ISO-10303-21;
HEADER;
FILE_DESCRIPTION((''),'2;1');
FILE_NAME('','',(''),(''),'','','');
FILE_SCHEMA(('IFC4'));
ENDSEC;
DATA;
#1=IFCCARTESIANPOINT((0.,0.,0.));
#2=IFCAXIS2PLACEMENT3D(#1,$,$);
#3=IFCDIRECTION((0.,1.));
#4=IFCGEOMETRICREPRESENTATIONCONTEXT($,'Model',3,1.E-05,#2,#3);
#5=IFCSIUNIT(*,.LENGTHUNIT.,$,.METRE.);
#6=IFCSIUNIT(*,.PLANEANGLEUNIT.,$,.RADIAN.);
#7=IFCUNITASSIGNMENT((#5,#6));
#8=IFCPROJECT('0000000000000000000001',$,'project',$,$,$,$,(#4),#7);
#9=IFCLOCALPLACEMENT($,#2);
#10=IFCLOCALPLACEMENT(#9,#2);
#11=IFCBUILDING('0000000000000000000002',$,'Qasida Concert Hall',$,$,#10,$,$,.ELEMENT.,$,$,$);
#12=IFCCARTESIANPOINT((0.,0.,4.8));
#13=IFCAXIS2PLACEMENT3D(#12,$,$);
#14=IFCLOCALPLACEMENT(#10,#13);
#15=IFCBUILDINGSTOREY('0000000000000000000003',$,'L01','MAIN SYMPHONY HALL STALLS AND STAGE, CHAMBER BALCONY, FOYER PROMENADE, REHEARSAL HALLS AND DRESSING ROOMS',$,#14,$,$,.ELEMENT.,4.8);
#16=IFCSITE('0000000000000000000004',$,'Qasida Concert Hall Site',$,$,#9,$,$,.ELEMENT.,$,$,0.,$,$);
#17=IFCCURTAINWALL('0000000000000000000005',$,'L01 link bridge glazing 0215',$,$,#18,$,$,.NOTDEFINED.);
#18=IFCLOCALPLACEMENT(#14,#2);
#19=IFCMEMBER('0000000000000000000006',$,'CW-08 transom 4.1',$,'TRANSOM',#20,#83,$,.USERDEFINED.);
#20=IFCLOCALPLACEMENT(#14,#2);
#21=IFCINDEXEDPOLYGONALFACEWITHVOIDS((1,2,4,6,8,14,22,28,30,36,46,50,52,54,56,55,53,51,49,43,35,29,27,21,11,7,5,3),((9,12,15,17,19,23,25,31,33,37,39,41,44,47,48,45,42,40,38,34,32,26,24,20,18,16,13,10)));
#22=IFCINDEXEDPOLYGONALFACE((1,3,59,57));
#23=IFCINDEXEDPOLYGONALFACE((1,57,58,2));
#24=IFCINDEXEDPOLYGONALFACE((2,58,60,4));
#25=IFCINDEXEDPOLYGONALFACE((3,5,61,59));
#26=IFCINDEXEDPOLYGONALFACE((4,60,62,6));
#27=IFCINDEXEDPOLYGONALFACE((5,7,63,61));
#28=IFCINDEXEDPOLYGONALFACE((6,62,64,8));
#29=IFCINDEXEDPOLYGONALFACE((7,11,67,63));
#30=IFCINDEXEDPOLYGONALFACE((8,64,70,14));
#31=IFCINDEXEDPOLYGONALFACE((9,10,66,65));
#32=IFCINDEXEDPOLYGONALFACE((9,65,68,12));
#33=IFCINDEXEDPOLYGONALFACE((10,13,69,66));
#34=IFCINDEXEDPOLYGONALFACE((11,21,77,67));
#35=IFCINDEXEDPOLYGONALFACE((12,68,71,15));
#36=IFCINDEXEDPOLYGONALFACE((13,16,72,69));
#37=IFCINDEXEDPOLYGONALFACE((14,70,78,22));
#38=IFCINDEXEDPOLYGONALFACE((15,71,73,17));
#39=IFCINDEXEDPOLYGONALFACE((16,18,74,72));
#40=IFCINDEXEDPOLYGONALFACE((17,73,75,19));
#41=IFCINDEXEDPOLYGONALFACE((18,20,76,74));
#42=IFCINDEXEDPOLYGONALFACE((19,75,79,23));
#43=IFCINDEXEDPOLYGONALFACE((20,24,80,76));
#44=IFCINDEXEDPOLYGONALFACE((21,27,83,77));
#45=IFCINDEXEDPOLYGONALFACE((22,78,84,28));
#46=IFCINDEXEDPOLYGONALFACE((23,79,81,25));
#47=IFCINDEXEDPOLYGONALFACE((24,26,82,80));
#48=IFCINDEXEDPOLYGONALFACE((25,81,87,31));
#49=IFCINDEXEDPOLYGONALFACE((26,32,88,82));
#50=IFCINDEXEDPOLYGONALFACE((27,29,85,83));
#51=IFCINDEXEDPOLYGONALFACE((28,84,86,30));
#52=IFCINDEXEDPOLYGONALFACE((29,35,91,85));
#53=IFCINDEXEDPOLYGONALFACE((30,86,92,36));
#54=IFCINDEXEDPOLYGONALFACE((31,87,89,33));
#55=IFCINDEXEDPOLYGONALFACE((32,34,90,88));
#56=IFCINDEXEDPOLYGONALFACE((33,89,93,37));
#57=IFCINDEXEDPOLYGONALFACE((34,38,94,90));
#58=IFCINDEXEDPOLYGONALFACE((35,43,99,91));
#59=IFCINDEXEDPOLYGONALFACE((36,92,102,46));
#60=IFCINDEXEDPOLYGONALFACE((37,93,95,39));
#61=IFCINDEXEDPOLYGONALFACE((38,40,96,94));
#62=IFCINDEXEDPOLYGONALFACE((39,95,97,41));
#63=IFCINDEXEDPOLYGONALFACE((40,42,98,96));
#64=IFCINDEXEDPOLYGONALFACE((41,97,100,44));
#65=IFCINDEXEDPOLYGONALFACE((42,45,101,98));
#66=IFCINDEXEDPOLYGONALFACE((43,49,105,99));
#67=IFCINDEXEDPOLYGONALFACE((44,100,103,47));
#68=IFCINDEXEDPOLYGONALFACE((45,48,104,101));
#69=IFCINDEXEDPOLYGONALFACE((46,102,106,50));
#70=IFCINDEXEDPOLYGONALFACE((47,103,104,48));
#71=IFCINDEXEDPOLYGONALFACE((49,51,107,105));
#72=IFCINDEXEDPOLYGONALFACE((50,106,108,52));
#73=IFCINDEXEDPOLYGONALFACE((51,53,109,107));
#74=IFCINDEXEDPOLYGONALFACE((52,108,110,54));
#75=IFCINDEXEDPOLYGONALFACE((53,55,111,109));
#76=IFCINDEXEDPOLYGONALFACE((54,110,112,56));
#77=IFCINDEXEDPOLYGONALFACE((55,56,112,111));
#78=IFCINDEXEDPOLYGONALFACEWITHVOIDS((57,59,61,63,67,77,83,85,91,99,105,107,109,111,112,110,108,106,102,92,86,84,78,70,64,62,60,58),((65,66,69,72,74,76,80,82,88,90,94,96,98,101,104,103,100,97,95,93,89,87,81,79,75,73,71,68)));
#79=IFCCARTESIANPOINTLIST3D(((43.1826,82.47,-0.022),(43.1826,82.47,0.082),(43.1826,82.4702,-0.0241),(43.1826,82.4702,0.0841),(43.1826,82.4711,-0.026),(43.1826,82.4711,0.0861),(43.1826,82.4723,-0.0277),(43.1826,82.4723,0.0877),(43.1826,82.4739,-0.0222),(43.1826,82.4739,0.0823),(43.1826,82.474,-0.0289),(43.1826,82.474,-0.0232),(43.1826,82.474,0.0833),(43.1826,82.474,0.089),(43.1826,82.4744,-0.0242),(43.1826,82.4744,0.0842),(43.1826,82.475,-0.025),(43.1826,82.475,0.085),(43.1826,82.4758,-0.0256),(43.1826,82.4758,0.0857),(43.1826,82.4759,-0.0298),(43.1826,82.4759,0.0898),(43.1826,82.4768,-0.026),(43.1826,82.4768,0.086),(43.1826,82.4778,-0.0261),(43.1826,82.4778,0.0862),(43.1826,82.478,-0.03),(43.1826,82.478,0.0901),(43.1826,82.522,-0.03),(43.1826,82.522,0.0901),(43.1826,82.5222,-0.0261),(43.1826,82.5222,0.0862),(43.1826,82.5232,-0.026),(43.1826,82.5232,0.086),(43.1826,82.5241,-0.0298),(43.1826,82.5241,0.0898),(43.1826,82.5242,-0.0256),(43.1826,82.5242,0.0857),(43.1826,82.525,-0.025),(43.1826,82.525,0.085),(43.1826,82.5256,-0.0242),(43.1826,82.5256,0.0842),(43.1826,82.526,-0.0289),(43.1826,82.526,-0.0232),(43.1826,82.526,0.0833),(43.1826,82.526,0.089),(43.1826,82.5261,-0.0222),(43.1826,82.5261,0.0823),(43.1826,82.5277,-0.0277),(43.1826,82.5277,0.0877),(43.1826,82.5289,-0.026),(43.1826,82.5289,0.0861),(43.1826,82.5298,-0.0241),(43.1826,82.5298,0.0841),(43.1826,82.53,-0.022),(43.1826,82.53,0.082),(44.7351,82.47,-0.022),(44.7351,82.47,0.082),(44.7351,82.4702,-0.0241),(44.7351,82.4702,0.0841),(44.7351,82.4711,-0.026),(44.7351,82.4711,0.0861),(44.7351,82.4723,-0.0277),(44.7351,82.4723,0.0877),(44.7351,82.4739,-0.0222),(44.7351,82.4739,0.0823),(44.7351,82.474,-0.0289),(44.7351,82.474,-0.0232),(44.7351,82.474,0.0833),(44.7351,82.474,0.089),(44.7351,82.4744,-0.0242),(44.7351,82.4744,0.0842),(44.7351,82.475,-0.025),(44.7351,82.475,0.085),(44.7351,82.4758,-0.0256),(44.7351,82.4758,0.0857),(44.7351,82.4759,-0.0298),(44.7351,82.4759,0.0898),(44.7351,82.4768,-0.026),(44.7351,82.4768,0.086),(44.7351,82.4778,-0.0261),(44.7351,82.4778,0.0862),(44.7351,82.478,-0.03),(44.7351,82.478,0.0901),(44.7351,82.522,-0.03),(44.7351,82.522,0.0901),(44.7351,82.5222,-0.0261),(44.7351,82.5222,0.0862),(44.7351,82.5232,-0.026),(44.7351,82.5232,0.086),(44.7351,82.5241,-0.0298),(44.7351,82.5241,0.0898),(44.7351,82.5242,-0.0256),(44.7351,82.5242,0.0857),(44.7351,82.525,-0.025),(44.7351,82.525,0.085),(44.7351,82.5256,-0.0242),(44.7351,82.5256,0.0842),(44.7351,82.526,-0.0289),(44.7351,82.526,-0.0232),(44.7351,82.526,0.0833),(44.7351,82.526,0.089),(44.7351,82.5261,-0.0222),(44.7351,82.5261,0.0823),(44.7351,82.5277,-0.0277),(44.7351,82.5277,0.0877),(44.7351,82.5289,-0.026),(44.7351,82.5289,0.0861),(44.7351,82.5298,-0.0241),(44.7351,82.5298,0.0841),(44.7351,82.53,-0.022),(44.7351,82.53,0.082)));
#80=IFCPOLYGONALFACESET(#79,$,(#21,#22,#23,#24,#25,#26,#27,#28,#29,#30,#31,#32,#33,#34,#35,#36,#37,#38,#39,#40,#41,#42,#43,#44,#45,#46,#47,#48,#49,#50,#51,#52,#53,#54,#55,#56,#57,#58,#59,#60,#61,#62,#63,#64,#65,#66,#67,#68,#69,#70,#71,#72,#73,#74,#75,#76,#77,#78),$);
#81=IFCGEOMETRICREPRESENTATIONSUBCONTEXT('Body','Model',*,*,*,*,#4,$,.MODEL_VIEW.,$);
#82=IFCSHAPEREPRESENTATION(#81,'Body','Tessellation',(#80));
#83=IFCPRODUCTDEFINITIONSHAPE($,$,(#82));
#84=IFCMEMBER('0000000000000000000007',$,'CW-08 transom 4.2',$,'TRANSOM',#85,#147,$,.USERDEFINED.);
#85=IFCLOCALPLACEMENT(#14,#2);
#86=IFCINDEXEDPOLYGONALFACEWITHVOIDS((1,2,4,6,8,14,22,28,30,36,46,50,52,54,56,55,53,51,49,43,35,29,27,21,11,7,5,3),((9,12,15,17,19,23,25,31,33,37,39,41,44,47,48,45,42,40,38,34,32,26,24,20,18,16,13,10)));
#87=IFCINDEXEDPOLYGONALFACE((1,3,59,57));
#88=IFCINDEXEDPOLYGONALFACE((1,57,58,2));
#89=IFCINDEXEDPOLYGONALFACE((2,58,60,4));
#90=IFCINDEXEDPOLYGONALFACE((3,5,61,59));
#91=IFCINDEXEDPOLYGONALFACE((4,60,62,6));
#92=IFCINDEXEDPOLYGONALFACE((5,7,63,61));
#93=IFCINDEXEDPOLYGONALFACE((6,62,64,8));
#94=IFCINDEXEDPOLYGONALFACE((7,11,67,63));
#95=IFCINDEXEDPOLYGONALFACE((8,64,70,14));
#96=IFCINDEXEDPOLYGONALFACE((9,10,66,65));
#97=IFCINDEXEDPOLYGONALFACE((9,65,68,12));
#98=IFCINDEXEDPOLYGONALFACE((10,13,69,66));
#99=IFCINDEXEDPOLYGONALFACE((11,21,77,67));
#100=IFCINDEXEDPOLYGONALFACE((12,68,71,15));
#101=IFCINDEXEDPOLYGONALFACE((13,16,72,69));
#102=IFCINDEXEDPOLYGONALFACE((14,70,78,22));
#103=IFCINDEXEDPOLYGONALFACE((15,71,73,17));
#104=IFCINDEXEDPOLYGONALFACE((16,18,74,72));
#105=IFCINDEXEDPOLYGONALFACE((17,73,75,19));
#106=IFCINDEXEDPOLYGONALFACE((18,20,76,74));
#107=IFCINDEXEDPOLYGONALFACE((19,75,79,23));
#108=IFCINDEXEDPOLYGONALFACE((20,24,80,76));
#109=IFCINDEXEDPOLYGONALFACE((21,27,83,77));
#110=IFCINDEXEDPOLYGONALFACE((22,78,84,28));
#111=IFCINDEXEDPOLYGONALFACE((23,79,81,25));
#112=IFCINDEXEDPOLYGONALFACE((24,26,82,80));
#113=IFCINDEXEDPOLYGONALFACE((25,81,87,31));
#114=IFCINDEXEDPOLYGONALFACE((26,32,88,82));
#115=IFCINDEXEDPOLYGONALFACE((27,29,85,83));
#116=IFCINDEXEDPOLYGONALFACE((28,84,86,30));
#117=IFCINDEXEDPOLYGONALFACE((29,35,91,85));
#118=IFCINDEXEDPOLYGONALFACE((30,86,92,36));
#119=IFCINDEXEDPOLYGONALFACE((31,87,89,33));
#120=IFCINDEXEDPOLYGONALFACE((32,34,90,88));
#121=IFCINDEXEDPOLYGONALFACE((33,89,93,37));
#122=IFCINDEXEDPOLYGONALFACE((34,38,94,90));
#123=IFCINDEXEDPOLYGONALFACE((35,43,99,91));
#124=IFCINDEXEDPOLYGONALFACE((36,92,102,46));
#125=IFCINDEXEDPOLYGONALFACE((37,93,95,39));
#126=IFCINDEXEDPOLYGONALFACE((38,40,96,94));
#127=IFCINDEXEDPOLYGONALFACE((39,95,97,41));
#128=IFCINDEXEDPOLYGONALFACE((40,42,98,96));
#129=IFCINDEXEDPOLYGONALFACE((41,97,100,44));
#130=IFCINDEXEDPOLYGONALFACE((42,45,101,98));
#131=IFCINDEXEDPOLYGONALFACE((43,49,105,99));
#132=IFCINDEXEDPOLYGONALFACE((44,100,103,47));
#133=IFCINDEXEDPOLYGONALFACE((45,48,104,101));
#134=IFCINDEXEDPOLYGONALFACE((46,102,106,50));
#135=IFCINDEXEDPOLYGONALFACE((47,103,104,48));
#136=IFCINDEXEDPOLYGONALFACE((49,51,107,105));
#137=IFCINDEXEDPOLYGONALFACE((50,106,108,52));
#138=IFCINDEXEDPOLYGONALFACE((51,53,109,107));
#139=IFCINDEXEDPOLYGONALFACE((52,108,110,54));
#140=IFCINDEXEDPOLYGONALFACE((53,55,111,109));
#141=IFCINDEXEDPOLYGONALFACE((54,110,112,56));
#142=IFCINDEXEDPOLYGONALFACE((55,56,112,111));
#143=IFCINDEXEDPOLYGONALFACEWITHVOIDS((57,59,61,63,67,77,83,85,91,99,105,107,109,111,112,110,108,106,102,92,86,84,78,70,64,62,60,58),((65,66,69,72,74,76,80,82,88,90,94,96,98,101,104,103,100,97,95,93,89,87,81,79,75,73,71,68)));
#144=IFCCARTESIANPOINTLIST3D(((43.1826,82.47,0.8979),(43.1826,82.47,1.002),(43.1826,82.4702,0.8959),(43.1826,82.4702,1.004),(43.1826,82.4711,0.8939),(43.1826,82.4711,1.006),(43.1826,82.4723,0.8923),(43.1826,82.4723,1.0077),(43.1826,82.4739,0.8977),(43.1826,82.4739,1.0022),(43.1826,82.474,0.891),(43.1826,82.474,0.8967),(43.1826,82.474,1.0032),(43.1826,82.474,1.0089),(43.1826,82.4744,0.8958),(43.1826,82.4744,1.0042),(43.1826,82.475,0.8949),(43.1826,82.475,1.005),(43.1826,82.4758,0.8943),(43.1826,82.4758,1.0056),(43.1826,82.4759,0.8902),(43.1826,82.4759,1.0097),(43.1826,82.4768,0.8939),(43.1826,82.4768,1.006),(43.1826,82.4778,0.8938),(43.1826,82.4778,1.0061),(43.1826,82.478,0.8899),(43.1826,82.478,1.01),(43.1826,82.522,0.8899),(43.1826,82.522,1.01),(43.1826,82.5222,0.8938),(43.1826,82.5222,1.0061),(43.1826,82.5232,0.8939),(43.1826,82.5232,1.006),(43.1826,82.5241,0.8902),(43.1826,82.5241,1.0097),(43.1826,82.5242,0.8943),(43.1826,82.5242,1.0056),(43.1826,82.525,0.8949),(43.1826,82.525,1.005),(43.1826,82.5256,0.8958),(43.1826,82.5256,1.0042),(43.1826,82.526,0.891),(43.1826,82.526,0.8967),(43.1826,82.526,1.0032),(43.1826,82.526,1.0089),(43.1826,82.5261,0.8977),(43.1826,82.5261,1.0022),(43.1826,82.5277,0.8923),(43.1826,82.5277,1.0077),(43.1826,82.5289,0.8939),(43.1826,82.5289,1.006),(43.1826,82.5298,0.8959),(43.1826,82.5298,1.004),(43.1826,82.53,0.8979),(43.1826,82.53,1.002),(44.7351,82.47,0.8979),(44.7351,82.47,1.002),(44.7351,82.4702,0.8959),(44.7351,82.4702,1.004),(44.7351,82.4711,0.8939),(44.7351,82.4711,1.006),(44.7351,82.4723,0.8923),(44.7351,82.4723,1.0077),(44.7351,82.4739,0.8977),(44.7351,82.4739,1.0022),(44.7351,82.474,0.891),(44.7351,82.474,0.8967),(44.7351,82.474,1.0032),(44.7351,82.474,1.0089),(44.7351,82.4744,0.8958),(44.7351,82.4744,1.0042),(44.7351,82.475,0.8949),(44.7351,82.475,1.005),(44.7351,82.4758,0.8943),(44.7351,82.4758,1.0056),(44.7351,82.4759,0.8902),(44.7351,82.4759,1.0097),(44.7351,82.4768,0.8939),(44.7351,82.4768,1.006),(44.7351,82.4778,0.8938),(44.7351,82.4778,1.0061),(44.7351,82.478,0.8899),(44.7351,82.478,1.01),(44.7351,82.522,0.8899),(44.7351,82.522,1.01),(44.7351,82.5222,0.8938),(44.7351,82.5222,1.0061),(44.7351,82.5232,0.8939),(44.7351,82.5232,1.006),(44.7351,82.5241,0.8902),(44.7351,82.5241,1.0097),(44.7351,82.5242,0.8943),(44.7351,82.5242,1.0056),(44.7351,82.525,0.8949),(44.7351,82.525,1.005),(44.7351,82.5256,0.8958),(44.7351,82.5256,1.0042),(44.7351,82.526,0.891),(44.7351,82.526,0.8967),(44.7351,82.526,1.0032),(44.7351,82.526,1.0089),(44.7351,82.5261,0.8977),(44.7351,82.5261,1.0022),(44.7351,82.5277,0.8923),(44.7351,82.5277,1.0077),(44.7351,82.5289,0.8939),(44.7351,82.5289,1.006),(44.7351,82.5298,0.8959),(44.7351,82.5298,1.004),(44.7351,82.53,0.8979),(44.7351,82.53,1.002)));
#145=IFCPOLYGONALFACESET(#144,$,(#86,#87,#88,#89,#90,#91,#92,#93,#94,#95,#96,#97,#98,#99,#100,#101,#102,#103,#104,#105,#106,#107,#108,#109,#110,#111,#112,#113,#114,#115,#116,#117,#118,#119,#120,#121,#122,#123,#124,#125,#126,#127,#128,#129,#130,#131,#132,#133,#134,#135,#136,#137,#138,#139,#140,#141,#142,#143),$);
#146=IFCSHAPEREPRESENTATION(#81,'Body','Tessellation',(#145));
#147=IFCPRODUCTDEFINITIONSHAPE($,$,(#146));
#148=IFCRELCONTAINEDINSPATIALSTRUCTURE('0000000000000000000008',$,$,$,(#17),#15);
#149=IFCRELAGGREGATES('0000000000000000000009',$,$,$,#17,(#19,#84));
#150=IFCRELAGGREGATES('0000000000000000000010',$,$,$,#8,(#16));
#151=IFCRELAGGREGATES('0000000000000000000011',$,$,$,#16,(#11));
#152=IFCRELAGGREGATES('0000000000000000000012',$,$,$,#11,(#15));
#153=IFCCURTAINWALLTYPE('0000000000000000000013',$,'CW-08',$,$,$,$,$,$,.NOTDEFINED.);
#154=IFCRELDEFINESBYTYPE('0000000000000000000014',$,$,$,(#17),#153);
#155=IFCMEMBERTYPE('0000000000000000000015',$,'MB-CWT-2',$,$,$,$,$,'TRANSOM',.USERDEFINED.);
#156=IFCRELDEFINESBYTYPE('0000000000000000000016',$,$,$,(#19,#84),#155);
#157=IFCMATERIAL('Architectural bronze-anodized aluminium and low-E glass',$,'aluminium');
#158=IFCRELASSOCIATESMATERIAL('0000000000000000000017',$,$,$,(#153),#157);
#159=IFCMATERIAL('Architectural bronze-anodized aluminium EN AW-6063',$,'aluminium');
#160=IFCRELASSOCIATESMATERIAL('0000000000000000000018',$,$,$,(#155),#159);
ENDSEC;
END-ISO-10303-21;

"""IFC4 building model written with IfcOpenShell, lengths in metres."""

from ifc_helpers import new_model, si_unit, direction, frame, origin, origin_2d, place, context, subcontext, project, spatial, hollow_rectangle, extrude, material, material_profile, profile_set, type_object, element, aggregate, save


model = new_model("IFC4")

# Units and contexts
model_context = context("Model", 3, precision=1e-05, world=origin(), true_north=direction((0.0, 1.0)))
body_context = subcontext(model_context, "Body", "Model", "MODEL_VIEW")
ifc_project = project(units=[si_unit("LENGTHUNIT", "METRE"), si_unit("PLANEANGLEUNIT", "RADIAN")], contexts=[model_context])

# Site, building, storey
site_placement = place(None, origin())
site = spatial("IfcSite", under=ifc_project, at=site_placement, Name="Qasida Concert Hall Site", CompositionType="ELEMENT", RefElevation=0.0)
building_placement = place(site_placement, origin())
building = spatial("IfcBuilding", under=site, at=building_placement, Name="Qasida Concert Hall", CompositionType="ELEMENT")
storey_placement = place(building_placement, frame((0.0, 0.0, 4.8)))
storey = spatial("IfcBuildingStorey", under=building, at=storey_placement, Name="L01", Description="MAIN SYMPHONY HALL STALLS AND STAGE, CHAMBER BALCONY, FOYER PROMENADE, REHEARSAL HALLS AND DRESSING ROOMS", CompositionType="ELEMENT", Elevation=4.8)

# Curtain wall
ifc_material_1 = material(Name="Architectural bronze-anodized aluminium and low-E glass", Category="aluminium")
curtain_wall_type = type_object("IfcCurtainWallType", Name="CW-08", PredefinedType="NOTDEFINED", material=ifc_material_1)
curtain_wall_1_placement = place(storey_placement, origin())
curtain_wall_1 = element("IfcCurtainWall", 1, at=curtain_wall_1_placement, inside=storey, type_object=curtain_wall_type, Name="L01 link bridge glazing 0215", PredefinedType="NOTDEFINED")
ifc_material_2 = material(Name="Architectural bronze-anodized aluminium EN AW-6063", Category="aluminium")

# Members
ifc_material_profile_1 = material_profile(ifc_material_2, hollow_rectangle(XDim=0.0601, YDim=0.1201, WallThickness=0.0039, InnerFilletRadius=0.0039, OuterFilletRadius=0.0081, at=origin_2d()), Name="CWT 120x60x4")
ifc_profile_set_1 = profile_set([ifc_material_profile_1], Name="Architectural bronze-anodized aluminium EN AW-6063")
member_type_1 = type_object("IfcMemberType", Name="MB-CWT-2", ElementType="TRANSOM", PredefinedType="USERDEFINED", material=ifc_profile_set_1)
member_1_placement = place(storey_placement, frame((43.1826, 82.5, 0.03), z_axis=(1.0, 0.0, 0.0), x_axis=(0.0, 1.0, 0.0)))
member_1 = element("IfcMember", 2, at=member_1_placement, type_object=member_type_1, Name="CW-08 transom 4.1", ObjectType="TRANSOM", PredefinedType="USERDEFINED", context=body_context, shape_type="SweptSolid", body=[
    extrude(hollow_rectangle(XDim=0.0601, YDim=0.1201, WallThickness=0.0039, InnerFilletRadius=0.0039, OuterFilletRadius=0.0081, at=origin_2d()), origin(), (0.0, 0.0, 1.0), 1.5525),
])
member_2_placement = place(storey_placement, frame((43.1826, 82.5, 0.95), z_axis=(1.0, 0.0, 0.0), x_axis=(0.0, 1.0, 0.0)))
member_2 = element("IfcMember", 3, at=member_2_placement, type_object=member_type_1, Name="CW-08 transom 4.2", ObjectType="TRANSOM", PredefinedType="USERDEFINED", context=body_context, shape_type="SweptSolid", body=[
    extrude(hollow_rectangle(XDim=0.0601, YDim=0.1201, WallThickness=0.0039, InnerFilletRadius=0.0039, OuterFilletRadius=0.0081, at=origin_2d()), origin(), (0.0, 0.0, 1.0), 1.5525),
])

aggregate(curtain_wall_1, [member_1, member_2])

save(model, "model.ifc")
